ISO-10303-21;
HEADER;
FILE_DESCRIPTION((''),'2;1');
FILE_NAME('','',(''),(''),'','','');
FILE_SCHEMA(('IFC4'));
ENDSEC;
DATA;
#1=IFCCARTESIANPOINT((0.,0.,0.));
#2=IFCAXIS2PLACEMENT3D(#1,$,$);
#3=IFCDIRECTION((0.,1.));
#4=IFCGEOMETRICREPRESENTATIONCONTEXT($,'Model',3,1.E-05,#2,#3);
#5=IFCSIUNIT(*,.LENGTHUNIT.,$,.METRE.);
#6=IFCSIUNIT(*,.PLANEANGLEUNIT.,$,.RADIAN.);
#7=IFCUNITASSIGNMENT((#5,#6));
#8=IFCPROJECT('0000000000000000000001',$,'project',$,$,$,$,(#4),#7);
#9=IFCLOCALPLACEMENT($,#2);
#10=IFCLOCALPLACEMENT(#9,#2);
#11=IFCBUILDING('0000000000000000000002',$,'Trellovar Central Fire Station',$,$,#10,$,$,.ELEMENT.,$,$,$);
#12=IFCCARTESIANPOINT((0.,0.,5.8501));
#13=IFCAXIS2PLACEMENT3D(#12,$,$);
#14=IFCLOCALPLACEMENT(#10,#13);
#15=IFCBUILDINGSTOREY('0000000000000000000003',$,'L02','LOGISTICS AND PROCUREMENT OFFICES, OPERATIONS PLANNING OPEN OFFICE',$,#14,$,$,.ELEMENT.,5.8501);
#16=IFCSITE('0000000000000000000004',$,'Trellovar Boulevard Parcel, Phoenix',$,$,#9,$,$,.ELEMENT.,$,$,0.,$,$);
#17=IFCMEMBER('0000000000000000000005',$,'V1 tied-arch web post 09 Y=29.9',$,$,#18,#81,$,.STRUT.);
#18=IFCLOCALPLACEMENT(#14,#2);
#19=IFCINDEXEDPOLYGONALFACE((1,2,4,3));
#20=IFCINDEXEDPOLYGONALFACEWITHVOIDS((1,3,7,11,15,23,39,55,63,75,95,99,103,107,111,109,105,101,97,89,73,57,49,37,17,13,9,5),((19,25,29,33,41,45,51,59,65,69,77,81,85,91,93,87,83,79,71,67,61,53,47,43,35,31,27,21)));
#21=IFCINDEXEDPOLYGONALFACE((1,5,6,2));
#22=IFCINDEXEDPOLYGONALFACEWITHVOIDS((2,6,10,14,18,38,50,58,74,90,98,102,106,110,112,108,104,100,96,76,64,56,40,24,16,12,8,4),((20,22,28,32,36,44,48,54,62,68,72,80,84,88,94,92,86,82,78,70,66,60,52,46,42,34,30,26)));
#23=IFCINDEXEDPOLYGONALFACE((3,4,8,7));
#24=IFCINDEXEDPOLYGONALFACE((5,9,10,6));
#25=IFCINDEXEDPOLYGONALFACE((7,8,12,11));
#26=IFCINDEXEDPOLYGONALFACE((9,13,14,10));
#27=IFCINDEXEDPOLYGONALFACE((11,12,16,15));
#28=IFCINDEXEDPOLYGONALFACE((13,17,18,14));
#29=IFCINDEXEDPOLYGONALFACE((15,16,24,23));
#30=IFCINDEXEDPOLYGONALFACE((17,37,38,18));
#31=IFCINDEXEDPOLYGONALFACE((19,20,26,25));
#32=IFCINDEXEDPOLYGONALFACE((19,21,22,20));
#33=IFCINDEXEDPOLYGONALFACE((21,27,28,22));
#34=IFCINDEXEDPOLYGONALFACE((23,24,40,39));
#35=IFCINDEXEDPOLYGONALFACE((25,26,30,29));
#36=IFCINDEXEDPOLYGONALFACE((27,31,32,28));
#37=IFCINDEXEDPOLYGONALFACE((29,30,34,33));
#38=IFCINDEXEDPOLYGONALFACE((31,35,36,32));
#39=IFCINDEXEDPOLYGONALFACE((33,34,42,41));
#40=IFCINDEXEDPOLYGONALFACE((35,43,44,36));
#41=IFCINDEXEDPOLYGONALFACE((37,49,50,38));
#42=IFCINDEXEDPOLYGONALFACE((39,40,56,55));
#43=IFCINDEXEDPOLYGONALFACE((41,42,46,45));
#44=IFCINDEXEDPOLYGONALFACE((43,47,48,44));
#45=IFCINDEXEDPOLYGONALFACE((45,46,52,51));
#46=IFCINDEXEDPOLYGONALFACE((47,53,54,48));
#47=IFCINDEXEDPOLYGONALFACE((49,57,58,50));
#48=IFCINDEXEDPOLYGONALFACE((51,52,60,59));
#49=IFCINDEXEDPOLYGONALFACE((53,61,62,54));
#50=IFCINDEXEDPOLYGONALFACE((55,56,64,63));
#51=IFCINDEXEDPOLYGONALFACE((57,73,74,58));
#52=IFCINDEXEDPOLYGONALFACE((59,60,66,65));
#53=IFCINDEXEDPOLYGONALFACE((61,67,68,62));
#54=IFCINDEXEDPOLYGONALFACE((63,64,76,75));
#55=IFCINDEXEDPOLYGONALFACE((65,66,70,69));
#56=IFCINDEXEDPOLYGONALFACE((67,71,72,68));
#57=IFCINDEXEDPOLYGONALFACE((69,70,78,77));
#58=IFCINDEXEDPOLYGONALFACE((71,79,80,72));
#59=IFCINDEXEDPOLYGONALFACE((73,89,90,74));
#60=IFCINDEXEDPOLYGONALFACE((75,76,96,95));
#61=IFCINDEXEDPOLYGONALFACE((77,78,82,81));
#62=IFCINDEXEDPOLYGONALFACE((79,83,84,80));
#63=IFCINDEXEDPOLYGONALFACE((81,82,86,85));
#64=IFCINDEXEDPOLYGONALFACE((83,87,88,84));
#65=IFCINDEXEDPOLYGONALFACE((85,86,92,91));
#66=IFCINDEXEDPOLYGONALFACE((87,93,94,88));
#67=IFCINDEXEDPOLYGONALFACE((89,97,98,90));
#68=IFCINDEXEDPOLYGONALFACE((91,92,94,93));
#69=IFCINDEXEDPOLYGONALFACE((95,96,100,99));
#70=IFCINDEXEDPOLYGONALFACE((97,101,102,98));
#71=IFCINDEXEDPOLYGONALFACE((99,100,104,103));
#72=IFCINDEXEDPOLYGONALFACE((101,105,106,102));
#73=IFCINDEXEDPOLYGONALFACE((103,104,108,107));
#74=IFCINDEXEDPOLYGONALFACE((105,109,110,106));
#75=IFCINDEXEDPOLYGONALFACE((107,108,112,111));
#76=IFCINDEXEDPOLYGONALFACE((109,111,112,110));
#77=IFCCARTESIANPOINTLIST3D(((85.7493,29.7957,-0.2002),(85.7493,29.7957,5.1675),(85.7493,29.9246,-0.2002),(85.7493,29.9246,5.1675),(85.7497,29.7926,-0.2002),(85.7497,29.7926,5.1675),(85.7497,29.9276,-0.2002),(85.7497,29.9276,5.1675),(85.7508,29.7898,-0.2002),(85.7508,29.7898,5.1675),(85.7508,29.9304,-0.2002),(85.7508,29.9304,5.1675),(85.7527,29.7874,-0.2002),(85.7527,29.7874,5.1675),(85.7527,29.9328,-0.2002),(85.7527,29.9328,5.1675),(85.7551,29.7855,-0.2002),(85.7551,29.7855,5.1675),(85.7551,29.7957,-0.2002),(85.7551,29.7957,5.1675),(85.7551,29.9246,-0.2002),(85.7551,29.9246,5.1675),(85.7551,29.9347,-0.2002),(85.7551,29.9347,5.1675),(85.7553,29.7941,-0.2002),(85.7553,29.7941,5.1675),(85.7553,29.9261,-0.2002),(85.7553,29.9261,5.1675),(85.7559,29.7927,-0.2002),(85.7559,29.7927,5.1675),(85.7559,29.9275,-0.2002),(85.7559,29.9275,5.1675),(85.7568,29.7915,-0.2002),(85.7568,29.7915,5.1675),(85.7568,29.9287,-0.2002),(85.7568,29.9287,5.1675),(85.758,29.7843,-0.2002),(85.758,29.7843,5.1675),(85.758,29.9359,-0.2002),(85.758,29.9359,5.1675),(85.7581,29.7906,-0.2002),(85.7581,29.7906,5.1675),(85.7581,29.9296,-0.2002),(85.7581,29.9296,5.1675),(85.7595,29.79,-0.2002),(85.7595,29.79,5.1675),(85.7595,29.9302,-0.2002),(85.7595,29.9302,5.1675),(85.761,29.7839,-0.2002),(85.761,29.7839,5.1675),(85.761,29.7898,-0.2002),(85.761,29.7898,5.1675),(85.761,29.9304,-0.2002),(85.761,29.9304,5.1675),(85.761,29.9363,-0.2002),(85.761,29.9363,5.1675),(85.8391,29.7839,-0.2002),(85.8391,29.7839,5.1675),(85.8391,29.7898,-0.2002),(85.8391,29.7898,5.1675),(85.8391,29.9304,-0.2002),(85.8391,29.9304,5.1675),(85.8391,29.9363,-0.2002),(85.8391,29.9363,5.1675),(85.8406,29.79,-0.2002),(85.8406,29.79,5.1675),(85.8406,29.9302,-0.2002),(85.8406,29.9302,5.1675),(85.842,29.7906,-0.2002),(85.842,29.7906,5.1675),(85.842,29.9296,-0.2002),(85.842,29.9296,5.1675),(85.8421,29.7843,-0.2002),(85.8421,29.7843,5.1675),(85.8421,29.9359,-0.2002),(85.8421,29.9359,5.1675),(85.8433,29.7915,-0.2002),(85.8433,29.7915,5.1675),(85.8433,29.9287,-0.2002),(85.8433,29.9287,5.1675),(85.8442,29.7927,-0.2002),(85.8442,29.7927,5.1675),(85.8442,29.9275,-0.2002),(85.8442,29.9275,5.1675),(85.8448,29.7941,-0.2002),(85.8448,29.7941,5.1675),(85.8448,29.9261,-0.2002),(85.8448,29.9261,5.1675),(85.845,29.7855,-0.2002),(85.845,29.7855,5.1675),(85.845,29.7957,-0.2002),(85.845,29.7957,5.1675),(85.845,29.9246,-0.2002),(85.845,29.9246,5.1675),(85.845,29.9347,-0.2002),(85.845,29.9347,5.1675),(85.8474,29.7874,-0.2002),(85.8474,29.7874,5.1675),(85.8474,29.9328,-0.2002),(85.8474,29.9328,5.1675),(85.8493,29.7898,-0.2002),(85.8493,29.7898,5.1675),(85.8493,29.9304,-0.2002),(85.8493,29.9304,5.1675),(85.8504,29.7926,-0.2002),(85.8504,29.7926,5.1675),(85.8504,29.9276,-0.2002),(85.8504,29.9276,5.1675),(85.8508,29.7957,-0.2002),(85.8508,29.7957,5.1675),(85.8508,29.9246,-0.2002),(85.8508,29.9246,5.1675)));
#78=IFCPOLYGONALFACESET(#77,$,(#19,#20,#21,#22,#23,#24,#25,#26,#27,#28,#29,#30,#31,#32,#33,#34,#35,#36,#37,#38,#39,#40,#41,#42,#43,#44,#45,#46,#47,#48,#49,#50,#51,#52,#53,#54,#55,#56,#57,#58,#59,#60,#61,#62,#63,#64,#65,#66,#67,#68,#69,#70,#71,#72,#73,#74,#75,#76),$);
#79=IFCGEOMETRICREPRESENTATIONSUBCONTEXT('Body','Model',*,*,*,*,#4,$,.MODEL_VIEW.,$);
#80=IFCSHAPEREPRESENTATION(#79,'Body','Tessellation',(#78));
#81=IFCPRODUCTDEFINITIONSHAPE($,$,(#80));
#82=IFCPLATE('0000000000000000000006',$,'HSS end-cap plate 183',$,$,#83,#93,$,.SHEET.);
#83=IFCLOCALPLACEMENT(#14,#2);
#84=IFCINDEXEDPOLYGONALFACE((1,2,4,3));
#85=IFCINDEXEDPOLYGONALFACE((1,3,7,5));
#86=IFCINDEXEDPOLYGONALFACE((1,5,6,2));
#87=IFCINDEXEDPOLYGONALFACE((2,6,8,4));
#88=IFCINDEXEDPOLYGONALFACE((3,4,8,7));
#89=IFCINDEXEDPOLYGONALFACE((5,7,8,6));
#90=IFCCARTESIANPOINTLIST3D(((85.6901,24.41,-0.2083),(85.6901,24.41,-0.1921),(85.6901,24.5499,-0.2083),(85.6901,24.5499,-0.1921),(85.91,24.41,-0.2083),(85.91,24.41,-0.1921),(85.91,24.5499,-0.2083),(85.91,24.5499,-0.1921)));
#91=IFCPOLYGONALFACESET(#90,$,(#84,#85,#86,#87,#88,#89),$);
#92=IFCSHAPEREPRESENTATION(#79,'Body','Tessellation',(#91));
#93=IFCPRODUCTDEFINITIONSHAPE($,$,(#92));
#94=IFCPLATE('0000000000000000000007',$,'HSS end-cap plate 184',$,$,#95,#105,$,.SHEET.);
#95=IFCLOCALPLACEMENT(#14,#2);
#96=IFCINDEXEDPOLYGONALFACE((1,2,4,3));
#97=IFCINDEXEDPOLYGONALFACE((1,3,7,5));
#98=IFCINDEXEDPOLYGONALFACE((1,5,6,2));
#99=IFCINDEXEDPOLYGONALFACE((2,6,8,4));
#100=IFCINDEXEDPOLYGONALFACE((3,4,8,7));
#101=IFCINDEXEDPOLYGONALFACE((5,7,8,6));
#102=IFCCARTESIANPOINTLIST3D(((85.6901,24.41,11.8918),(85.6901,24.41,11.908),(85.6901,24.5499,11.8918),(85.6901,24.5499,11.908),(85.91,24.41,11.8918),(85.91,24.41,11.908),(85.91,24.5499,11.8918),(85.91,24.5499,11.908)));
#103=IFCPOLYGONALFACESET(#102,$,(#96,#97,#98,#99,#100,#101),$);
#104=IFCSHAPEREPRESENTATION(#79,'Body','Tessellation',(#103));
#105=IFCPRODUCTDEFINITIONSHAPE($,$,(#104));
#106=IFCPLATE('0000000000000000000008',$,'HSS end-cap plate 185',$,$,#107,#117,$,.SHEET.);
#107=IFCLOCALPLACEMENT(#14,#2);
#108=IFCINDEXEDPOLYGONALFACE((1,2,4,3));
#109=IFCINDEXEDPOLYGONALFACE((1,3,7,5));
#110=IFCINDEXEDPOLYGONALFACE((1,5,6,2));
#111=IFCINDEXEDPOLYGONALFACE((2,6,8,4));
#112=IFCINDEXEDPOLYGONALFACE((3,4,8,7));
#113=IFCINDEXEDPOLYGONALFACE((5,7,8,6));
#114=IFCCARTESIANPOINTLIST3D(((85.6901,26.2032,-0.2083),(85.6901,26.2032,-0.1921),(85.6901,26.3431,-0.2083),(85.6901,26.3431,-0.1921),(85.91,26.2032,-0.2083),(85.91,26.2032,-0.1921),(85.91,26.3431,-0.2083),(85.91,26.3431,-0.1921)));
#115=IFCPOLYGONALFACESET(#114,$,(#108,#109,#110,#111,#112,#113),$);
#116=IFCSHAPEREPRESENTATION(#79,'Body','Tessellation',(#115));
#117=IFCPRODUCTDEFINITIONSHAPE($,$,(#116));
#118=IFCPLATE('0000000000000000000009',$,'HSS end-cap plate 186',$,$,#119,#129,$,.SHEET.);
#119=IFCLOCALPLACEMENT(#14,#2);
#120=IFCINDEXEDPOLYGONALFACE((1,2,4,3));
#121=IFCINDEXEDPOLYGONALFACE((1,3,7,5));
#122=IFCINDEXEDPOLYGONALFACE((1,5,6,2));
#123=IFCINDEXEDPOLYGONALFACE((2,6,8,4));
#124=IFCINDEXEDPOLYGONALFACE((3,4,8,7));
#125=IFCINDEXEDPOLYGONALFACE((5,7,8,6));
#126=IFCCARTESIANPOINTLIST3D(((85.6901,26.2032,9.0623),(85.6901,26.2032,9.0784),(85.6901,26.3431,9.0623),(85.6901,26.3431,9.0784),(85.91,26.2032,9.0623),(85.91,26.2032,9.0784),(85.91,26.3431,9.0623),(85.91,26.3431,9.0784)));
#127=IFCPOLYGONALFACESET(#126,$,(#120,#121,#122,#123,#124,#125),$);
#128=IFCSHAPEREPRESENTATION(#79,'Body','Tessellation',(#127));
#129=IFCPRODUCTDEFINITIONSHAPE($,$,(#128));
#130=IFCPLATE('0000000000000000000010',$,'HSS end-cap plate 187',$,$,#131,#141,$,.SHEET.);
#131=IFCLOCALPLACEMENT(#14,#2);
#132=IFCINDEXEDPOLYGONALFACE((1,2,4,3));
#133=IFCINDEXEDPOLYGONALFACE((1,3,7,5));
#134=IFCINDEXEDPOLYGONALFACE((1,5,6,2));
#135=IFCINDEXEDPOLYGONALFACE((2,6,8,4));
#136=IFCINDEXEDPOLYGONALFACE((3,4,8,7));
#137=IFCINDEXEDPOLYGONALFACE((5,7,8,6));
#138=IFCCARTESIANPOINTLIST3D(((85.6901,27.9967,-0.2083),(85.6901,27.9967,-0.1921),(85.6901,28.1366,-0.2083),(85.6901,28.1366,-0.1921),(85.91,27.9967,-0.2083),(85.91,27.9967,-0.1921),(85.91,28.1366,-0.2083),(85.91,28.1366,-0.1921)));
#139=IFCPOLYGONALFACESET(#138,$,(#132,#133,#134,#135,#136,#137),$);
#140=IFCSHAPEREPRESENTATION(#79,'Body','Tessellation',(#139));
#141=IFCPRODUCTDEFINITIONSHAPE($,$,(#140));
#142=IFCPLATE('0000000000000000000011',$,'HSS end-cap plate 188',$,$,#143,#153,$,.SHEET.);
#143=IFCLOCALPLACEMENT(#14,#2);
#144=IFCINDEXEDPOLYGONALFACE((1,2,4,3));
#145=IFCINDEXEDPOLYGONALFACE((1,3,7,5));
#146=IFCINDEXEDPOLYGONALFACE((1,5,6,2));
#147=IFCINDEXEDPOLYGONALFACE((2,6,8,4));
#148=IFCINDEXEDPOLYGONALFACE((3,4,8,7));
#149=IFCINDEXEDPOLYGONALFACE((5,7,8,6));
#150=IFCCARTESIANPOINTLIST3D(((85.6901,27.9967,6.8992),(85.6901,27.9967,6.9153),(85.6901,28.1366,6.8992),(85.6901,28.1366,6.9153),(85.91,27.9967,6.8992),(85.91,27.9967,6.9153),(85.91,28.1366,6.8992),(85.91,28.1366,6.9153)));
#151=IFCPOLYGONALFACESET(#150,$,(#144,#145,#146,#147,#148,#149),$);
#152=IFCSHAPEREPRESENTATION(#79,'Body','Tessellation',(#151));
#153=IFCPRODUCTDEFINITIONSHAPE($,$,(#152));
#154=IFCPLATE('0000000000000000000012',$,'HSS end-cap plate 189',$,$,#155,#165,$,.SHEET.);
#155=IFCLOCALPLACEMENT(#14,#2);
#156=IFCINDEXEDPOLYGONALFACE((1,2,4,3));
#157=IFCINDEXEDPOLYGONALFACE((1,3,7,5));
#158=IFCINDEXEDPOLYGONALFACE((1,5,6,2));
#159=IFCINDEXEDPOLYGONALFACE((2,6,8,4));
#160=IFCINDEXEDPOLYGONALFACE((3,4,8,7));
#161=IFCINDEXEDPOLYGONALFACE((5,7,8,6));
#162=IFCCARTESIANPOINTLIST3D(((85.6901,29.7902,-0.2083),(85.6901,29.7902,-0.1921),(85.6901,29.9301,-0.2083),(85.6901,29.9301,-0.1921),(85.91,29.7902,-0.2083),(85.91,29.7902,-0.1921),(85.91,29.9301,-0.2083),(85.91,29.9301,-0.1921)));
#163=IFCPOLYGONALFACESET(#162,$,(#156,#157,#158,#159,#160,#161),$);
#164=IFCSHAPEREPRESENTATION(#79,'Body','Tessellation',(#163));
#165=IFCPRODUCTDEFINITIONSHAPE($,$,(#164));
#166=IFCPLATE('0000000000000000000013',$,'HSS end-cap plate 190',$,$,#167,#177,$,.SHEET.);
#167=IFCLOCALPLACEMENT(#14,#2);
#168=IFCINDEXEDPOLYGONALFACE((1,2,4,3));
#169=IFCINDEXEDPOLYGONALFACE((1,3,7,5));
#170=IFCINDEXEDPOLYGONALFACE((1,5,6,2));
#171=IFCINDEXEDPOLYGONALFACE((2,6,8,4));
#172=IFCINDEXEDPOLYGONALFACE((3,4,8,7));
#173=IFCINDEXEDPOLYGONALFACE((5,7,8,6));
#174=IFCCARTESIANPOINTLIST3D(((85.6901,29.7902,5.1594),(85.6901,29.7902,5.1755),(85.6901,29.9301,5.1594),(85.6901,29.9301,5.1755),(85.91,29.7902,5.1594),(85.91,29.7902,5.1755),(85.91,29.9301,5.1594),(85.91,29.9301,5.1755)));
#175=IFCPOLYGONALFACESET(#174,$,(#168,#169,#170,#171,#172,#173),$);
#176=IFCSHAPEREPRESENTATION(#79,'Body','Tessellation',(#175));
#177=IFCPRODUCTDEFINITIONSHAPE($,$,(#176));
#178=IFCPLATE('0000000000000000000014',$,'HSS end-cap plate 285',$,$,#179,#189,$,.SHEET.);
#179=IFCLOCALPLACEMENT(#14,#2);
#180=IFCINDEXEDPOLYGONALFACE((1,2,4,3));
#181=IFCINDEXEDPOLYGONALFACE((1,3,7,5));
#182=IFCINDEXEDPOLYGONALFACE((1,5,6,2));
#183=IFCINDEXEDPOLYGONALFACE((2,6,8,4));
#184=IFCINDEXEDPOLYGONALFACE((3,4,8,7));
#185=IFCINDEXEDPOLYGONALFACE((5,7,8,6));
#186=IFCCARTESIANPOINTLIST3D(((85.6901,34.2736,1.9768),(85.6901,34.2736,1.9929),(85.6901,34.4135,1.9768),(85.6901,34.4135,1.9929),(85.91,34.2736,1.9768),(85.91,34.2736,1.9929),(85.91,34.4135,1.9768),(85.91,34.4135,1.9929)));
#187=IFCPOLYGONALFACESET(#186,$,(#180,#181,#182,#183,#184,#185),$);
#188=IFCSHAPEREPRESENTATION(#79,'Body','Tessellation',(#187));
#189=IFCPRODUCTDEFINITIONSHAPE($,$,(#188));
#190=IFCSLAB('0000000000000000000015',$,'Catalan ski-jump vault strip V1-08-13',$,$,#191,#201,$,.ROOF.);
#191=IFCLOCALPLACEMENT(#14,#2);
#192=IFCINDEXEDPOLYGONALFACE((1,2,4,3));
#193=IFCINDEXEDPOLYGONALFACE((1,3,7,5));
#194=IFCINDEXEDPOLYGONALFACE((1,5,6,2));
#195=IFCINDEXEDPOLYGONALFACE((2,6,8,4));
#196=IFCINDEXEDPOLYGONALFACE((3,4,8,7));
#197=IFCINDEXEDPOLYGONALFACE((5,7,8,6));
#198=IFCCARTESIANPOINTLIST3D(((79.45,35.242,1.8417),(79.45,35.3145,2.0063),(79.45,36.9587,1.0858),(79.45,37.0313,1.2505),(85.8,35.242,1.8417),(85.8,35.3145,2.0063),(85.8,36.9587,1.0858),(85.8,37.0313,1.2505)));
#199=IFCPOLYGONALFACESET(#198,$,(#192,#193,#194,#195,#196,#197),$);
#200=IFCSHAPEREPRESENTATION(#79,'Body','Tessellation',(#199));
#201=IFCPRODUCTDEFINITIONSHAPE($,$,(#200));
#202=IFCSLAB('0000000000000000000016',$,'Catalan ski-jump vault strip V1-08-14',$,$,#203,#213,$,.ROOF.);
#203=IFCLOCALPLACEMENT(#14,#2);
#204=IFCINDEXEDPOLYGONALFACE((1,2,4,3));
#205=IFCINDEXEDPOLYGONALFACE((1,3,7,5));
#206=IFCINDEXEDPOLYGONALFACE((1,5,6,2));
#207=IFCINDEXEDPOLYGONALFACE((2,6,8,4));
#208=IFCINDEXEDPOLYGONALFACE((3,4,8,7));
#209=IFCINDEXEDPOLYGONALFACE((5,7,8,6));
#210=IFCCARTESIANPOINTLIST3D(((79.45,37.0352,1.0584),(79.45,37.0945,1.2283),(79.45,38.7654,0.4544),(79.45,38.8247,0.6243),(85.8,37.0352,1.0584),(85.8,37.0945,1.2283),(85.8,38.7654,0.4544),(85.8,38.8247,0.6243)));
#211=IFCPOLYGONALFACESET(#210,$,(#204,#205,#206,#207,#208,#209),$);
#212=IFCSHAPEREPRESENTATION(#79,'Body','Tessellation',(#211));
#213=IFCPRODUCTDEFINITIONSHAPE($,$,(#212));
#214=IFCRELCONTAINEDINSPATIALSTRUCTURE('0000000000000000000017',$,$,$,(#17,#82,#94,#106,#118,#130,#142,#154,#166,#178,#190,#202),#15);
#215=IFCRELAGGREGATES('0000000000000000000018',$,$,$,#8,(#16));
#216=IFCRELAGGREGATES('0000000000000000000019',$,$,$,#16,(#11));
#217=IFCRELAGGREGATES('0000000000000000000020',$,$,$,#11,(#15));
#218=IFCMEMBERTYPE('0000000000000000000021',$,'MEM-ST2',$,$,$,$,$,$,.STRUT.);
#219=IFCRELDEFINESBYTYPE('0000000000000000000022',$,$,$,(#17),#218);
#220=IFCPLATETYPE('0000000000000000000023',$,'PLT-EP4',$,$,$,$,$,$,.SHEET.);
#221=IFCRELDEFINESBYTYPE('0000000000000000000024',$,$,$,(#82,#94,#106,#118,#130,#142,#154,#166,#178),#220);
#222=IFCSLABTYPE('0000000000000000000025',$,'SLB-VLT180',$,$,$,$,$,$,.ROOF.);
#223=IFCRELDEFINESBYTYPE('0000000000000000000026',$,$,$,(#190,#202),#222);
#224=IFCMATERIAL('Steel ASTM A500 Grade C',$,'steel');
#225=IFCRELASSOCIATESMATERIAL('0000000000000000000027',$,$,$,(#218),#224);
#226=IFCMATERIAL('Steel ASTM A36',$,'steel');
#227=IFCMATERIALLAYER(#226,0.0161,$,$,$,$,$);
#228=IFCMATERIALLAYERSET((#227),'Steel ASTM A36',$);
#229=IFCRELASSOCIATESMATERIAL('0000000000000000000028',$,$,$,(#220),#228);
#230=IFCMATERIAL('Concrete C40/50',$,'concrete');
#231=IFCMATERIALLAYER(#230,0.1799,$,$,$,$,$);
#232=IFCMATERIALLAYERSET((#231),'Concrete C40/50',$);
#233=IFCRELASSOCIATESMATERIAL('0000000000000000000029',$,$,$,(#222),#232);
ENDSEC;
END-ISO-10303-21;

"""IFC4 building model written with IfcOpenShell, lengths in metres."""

from ifc_helpers import new_model, si_unit, direction, frame, origin, origin_2d, place, context, subcontext, project, spatial, polyline, rectangle, hollow_rectangle, outline, extrude, material, layer, layer_set, material_profile, profile_set, type_object, element, save


model = new_model("IFC4")

# Units and contexts
model_context = context("Model", 3, precision=1e-05, world=origin(), true_north=direction((0.0, 1.0)))
body_context = subcontext(model_context, "Body", "Model", "MODEL_VIEW")
ifc_project = project(units=[si_unit("LENGTHUNIT", "METRE"), si_unit("PLANEANGLEUNIT", "RADIAN")], contexts=[model_context])

# Site, building, storey
site_placement = place(None, origin())
site = spatial("IfcSite", under=ifc_project, at=site_placement, Name="Trellovar Boulevard Parcel, Phoenix", CompositionType="ELEMENT", RefElevation=0.0)
building_placement = place(site_placement, origin())
building = spatial("IfcBuilding", under=site, at=building_placement, Name="Trellovar Central Fire Station", CompositionType="ELEMENT")
storey_placement = place(building_placement, frame((0.0, 0.0, 5.8501)))
storey = spatial("IfcBuildingStorey", under=building, at=storey_placement, Name="L02", Description="LOGISTICS AND PROCUREMENT OFFICES, OPERATIONS PLANNING OPEN OFFICE", CompositionType="ELEMENT", Elevation=5.8501)

# Member
ifc_material_1 = material(Name="Steel ASTM A500 Grade C", Category="steel")
ifc_material_profile_1 = material_profile(ifc_material_1, hollow_rectangle(XDim=0.1016, YDim=0.1523, WallThickness=0.0059, InnerFilletRadius=0.0059, OuterFilletRadius=0.0117, at=origin_2d()), Name="HSS6X4X1/4")
ifc_profile_set_1 = profile_set([ifc_material_profile_1], Name="Steel ASTM A500 Grade C")
member_type_1 = type_object("IfcMemberType", Name="MEM-ST2", PredefinedType="STRUT", material=ifc_profile_set_1)
member_1_placement = place(storey_placement, frame((85.8, 29.8601, -0.2002), z_axis=(0.0, 0.0, 1.0), x_axis=(1.0, 0.0, 0.0)))
element("IfcMember", 1, at=member_1_placement, inside=storey, type_object=member_type_1, Name="V1 tied-arch web post 09 Y=29.9", PredefinedType="STRUT", context=body_context, shape_type="SweptSolid", body=[
    extrude(hollow_rectangle(XDim=0.1016, YDim=0.1523, WallThickness=0.0059, InnerFilletRadius=0.0059, OuterFilletRadius=0.0117, at=origin_2d()), origin(), (0.0, 0.0, 1.0), 5.3677),
])

# Plates
ifc_material_2 = material(Name="Steel ASTM A36", Category="steel")
ifc_layer_1 = layer(ifc_material_2, 0.0161)
ifc_layer_set_1 = layer_set([ifc_layer_1], Name="Steel ASTM A36")
plate_type = type_object("IfcPlateType", Name="PLT-EP4", PredefinedType="SHEET", material=ifc_layer_set_1)
for number, where, z_axis, x_axis, name in (
    (2, (85.8, 24.48, -0.2083), (0.0, 0.0, 1.0), (1.0, 0.0, 0.0), "HSS end-cap plate 183"),
    (3, (85.8, 24.48, 11.8918), (0.0, 0.0, 1.0), (1.0, 0.0, 0.0), "HSS end-cap plate 184"),
    (4, (85.8, 26.2732, -0.2083), (0.0, 0.0, 1.0), (1.0, 0.0, 0.0), "HSS end-cap plate 185"),
    (5, (85.8, 26.2732, 9.0623), (0.0, 0.0, 1.0), (1.0, 0.0, 0.0), "HSS end-cap plate 186"),
    (6, (85.8, 28.0667, -0.2083), (0.0, 0.0, 1.0), (1.0, 0.0, 0.0), "HSS end-cap plate 187"),
    (7, (85.8, 28.0667, 6.8992), (0.0, 0.0, 1.0), (1.0, 0.0, 0.0), "HSS end-cap plate 188"),
    (8, (85.8, 29.8601, -0.2083), (0.0, 0.0, 1.0), (1.0, 0.0, 0.0), "HSS end-cap plate 189"),
    (9, (85.8, 29.8601, 5.1594), (0.0, 0.0, 1.0), (1.0, 0.0, 0.0), "HSS end-cap plate 190"),
    (10, (85.8, 34.3435, 1.9768), (0.0, 0.0, 1.0), (1.0, 0.0, 0.0), "HSS end-cap plate 285"),
):
    element("IfcPlate", number, at=place(storey_placement, frame(where, z_axis=z_axis, x_axis=x_axis)), inside=storey, type_object=plate_type, Name=name, PredefinedType="SHEET", context=body_context, shape_type="SweptSolid", body=[
        extrude(rectangle(XDim=0.22, YDim=0.1399, at=origin_2d()), origin(), (0.0, 0.0, 1.0), 0.0161),
    ])

# Slabs
ifc_material_3 = material(Name="Concrete C40/50", Category="concrete")
ifc_layer_2 = layer(ifc_material_3, 0.1799)
ifc_layer_set_2 = layer_set([ifc_layer_2], Name="Concrete C40/50")
slab_type = type_object("IfcSlabType", Name="SLB-VLT180", PredefinedType="ROOF", material=ifc_layer_set_2)
slab_1_placement = place(storey_placement, frame((79.45, 35.3145, 2.0063), z_axis=(0.0, 0.402948, 0.915223), x_axis=(1.0, 0.0, 0.0)))
element("IfcSlab", 11, at=slab_1_placement, inside=storey, type_object=slab_type, Name="Catalan ski-jump vault strip V1-08-13", PredefinedType="ROOF", context=body_context, shape_type="SweptSolid", body=[
    extrude(outline(polyline([(0.0, 0.0), (6.3501, 0.0), (6.3501, 1.8758), (0.0, 1.8758), (0.0, 0.0)])), origin(), (0.0, 0.0, -1.0), 0.1799),
])
slab_2_placement = place(storey_placement, frame((79.45, 37.0945, 1.2283), z_axis=(0.0, 0.329585, 0.944126), x_axis=(1.0, 0.0, 0.0)))
element("IfcSlab", 12, at=slab_2_placement, inside=storey, type_object=slab_type, Name="Catalan ski-jump vault strip V1-08-14", PredefinedType="ROOF", context=body_context, shape_type="SweptSolid", body=[
    extrude(outline(polyline([(0.0, 0.0), (6.3501, 0.0), (6.3501, 1.8326), (0.0, 1.8326), (0.0, 0.0)])), origin(), (0.0, 0.0, -1.0), 0.1799),
])

save(model, "model.ifc")
